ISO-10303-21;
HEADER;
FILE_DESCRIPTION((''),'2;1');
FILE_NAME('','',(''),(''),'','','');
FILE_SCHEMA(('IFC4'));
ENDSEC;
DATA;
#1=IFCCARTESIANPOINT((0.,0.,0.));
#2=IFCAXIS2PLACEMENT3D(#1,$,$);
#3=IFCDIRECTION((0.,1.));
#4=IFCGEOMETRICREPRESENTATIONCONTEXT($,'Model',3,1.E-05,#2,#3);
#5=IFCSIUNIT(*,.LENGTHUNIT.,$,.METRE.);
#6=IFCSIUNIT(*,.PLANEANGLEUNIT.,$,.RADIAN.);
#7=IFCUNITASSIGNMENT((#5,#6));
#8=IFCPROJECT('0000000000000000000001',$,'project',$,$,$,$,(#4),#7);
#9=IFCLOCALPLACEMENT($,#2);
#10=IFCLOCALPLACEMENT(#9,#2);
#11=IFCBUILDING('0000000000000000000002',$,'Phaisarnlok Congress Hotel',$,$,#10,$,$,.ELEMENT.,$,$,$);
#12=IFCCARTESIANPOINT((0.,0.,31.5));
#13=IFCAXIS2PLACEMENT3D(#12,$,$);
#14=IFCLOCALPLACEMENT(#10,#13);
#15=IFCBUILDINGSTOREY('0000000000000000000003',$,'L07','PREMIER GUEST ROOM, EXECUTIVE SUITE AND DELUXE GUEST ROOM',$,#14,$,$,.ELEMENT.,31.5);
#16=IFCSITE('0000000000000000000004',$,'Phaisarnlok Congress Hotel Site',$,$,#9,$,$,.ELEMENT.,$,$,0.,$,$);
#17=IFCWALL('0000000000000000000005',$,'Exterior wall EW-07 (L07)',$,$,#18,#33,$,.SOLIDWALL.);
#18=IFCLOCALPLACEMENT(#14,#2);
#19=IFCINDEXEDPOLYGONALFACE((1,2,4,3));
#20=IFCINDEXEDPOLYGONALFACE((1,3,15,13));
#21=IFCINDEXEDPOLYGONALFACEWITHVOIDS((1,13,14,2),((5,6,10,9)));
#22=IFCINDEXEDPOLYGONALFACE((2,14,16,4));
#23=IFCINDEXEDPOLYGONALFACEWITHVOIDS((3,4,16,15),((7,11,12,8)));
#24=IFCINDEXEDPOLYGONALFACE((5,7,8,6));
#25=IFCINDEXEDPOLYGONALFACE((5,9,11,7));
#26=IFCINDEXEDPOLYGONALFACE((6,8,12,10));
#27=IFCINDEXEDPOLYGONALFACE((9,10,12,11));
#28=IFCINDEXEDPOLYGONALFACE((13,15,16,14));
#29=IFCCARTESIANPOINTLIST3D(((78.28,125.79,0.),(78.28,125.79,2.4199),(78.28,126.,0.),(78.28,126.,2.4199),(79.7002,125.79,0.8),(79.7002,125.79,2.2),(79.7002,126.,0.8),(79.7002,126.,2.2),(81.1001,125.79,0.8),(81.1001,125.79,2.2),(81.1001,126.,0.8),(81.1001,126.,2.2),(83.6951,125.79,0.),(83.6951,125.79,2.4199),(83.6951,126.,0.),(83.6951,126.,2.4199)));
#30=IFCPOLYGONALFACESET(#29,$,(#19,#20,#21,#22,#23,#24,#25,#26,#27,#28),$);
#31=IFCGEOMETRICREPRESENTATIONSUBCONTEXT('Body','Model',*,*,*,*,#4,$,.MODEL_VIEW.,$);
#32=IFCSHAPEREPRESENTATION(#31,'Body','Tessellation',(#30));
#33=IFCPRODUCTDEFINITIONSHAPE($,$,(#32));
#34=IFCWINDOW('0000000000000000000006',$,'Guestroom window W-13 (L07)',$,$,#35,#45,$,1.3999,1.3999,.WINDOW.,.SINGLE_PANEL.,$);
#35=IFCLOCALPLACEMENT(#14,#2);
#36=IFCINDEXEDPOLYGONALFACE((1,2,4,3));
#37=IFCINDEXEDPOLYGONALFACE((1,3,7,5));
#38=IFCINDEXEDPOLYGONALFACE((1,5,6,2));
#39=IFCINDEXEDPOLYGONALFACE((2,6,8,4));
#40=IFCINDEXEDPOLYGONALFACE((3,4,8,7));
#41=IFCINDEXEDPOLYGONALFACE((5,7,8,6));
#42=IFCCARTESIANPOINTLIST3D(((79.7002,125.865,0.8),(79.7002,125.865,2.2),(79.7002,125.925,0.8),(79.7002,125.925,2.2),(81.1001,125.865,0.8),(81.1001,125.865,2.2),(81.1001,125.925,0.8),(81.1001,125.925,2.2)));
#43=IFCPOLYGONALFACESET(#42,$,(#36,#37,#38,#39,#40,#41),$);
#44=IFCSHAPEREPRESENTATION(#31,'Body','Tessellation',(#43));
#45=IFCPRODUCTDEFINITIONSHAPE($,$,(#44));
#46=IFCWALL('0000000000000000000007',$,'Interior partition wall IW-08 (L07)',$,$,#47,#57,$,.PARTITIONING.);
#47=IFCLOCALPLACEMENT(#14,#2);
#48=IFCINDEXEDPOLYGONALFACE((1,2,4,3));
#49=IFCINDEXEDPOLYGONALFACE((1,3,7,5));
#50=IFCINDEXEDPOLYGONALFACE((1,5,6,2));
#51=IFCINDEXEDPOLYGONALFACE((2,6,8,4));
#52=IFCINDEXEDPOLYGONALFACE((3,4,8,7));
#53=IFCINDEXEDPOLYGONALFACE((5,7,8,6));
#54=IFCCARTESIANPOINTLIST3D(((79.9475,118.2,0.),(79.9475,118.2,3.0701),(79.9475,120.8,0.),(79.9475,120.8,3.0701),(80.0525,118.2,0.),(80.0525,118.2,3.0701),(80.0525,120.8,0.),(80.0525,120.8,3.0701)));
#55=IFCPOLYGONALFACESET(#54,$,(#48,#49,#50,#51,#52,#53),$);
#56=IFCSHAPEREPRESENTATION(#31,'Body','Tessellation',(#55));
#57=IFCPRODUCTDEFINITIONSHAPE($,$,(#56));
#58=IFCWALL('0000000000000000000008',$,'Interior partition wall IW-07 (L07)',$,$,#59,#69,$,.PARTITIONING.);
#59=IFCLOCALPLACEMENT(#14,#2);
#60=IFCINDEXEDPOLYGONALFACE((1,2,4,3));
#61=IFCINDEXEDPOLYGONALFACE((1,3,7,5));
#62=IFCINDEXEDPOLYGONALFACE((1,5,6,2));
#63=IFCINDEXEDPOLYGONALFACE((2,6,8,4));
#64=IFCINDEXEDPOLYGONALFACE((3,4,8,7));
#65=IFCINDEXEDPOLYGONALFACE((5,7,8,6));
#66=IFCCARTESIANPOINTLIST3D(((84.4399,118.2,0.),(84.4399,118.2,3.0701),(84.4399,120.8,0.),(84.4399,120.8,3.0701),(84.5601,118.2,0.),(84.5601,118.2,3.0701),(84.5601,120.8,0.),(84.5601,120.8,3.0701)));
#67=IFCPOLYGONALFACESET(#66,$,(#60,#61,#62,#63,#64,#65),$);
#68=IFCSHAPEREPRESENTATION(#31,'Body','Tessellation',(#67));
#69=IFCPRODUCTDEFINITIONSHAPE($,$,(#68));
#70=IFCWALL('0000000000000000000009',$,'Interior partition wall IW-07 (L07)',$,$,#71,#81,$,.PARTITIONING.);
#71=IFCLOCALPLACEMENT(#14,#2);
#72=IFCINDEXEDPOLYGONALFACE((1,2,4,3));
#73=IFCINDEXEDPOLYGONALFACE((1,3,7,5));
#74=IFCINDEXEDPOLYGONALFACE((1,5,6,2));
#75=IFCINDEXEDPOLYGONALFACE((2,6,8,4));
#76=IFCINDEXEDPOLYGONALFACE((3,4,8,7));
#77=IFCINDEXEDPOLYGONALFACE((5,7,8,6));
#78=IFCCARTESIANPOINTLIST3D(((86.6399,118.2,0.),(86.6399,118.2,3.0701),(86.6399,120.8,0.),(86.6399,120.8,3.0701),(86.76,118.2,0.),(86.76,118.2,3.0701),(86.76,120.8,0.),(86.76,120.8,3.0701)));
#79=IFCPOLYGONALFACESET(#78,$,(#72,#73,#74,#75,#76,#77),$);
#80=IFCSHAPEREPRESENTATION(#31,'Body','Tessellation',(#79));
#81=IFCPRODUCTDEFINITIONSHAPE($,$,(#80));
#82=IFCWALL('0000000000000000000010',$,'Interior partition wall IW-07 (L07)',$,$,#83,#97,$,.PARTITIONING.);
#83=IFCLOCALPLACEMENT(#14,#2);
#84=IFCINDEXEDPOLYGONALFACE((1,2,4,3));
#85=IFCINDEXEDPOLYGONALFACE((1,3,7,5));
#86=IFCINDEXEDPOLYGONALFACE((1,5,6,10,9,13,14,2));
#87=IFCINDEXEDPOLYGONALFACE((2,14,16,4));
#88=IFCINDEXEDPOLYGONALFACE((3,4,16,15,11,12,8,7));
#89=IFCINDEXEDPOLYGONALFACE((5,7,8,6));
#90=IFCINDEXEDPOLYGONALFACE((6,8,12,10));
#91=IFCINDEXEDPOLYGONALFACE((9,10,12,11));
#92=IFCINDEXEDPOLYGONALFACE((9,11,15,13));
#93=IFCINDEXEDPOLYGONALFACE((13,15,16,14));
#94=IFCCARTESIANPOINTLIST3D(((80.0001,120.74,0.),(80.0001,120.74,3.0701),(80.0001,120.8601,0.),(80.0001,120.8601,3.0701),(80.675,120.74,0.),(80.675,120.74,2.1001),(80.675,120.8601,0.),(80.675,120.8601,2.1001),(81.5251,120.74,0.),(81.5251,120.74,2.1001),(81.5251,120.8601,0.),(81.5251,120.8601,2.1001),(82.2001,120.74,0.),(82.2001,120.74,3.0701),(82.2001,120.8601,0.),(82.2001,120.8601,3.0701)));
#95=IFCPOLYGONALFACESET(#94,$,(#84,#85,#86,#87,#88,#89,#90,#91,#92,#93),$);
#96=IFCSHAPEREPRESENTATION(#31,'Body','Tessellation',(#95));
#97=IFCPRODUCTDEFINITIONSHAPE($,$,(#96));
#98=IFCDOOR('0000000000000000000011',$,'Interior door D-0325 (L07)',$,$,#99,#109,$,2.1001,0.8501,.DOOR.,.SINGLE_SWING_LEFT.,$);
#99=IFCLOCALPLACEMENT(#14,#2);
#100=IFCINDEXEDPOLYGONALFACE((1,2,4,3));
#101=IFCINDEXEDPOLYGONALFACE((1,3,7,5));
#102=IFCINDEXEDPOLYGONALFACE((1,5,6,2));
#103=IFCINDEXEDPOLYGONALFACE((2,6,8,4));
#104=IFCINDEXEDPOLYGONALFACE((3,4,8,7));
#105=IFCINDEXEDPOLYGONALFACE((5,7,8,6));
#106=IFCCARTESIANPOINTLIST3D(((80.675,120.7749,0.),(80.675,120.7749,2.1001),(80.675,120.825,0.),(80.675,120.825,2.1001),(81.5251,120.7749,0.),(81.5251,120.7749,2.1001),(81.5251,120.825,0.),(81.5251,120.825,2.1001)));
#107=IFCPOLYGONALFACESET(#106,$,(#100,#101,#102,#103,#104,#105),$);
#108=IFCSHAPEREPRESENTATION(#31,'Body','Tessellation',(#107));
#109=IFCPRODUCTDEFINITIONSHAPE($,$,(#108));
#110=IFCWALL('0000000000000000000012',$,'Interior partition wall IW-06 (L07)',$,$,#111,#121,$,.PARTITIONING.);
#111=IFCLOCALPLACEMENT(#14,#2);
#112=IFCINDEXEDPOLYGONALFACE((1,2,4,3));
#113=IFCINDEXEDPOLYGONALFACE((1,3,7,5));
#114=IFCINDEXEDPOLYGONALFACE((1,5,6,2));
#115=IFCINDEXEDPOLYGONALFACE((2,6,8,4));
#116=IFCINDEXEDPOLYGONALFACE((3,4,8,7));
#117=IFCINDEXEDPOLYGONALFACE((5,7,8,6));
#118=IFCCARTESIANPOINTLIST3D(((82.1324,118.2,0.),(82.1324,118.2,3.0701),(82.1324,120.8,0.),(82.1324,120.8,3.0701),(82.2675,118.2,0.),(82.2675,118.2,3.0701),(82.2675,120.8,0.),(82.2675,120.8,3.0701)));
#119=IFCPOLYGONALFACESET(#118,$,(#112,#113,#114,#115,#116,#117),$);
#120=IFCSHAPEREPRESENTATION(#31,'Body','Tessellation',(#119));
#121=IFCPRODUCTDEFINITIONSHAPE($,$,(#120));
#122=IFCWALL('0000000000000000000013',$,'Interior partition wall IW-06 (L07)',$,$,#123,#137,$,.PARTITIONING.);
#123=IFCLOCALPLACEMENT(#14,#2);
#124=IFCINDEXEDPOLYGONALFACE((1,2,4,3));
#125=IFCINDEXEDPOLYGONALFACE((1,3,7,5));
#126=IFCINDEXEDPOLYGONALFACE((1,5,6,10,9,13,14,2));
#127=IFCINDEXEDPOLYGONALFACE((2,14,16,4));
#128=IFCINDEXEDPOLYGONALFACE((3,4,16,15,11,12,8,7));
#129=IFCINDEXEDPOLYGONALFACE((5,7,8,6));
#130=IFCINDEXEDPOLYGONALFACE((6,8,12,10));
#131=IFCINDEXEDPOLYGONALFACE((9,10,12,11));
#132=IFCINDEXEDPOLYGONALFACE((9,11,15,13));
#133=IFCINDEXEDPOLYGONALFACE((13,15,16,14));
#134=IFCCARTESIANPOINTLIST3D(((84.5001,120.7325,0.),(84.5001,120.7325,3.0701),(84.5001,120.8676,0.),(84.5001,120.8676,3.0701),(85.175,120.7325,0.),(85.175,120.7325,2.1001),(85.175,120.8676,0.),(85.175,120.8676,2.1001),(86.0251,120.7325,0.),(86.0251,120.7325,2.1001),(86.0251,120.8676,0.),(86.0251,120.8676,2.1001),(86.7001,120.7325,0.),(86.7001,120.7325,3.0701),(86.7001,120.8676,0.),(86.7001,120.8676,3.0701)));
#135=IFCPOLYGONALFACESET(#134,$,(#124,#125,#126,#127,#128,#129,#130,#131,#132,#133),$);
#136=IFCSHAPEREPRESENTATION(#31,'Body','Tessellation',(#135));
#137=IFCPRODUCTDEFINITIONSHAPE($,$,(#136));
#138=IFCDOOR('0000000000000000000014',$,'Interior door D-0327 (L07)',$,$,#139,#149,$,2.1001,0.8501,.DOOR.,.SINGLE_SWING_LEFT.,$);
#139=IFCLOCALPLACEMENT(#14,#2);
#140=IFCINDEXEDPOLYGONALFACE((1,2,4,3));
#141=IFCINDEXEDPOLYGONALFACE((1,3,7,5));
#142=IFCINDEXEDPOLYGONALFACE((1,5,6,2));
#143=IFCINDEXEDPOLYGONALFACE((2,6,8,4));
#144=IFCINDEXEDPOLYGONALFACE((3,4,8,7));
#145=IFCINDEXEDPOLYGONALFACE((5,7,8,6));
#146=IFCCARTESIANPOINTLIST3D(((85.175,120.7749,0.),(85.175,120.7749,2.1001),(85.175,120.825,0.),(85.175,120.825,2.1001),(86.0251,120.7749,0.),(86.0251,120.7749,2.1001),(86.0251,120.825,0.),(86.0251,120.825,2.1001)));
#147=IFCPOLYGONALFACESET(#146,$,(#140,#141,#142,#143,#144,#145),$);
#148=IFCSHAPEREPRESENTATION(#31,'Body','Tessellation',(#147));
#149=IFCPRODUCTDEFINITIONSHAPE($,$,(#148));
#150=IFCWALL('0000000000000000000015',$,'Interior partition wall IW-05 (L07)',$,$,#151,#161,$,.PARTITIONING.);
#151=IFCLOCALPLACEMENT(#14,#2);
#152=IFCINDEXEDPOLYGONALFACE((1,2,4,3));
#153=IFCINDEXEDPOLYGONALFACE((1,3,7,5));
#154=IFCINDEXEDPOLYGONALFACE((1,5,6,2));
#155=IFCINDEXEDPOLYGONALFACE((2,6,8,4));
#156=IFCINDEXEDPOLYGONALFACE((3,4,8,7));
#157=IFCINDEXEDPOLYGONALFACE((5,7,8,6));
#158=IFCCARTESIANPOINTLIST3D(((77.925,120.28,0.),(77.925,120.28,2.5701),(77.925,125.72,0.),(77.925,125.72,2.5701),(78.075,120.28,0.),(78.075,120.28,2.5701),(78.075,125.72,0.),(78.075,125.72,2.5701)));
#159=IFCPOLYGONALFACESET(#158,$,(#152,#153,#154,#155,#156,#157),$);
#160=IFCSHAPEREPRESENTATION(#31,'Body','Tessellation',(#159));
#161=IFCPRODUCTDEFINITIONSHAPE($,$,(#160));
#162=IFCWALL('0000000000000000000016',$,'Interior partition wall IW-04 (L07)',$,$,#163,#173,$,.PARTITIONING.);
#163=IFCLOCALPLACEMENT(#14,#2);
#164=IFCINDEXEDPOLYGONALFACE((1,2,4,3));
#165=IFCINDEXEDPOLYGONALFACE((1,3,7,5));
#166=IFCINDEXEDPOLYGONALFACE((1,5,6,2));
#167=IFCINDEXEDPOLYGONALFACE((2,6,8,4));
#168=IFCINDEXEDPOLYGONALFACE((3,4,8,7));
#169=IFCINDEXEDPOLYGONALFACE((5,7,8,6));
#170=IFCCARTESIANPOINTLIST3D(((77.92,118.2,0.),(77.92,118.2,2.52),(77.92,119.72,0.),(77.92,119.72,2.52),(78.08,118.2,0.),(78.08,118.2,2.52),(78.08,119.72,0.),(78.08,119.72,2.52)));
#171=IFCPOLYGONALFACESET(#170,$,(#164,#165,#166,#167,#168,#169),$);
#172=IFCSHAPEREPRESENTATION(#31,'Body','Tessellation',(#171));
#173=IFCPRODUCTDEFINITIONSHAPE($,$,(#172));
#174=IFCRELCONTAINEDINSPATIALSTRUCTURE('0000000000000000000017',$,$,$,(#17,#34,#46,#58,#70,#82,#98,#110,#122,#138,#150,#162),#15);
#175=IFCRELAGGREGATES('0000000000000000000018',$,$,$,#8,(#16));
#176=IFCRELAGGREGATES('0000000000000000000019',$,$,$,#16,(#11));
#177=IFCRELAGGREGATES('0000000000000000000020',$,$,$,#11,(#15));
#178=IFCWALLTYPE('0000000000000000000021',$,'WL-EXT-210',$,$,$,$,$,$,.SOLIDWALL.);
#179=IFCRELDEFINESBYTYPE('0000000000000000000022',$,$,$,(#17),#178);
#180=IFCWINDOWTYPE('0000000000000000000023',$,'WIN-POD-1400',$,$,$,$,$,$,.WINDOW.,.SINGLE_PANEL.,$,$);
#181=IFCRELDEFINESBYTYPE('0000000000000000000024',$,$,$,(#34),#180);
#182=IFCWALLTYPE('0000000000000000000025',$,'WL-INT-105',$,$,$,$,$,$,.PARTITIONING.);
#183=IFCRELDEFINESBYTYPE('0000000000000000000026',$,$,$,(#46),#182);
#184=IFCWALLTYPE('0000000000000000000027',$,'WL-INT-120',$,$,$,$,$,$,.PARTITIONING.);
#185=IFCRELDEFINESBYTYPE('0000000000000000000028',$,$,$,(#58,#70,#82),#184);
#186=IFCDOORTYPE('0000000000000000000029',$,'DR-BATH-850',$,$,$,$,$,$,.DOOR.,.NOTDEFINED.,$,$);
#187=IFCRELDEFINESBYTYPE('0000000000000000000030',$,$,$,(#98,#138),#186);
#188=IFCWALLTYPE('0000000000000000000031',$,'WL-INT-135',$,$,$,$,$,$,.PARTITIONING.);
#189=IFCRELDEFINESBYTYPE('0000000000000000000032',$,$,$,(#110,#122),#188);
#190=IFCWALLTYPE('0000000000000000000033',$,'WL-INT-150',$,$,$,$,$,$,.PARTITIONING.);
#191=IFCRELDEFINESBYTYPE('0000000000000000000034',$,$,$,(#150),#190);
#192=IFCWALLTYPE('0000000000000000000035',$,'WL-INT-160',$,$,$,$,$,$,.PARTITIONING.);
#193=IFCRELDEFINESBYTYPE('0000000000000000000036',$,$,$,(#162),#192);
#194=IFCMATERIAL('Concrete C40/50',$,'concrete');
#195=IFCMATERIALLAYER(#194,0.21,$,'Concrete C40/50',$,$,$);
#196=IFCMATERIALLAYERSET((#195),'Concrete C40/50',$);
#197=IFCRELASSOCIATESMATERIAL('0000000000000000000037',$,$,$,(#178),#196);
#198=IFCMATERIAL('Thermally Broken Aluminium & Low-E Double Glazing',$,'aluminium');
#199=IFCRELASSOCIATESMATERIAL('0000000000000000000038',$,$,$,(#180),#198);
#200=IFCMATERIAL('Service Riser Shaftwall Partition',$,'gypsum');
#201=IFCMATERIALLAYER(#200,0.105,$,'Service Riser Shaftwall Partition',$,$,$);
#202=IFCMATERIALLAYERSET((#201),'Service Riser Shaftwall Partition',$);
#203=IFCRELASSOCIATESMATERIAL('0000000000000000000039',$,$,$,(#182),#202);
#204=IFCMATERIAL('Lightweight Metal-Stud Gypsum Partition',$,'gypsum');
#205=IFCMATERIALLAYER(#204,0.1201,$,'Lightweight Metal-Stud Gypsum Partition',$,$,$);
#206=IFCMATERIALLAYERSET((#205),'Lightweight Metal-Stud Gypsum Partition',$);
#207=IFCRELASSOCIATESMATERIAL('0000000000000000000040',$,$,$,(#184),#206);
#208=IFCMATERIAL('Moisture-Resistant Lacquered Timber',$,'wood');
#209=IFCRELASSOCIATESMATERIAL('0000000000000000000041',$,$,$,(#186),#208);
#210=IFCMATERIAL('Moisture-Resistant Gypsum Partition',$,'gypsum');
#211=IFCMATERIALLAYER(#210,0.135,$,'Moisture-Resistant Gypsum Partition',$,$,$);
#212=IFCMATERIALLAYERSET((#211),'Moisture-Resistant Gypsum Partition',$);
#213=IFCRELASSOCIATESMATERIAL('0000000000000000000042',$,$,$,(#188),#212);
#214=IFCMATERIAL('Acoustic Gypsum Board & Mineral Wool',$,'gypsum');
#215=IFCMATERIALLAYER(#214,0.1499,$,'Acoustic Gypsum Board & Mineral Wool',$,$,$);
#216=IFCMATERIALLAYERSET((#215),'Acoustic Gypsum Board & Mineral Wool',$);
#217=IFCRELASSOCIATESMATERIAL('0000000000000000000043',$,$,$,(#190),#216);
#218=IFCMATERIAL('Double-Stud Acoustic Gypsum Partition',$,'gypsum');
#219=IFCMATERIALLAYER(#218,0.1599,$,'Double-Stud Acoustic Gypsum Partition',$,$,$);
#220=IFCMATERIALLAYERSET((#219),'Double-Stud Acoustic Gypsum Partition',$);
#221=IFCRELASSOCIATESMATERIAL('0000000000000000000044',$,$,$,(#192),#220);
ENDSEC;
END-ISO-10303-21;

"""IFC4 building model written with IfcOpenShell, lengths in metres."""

from ifc_helpers import new_model, si_unit, direction, frame, frame_2d, origin, place, context, subcontext, project, spatial, rectangle, extrude, material, layer, layer_set, type_object, element, fill, save


model = new_model("IFC4")

# Units and contexts
model_context = context("Model", 3, precision=1e-05, world=origin(), true_north=direction((0.0, 1.0)))
body_context = subcontext(model_context, "Body", "Model", "MODEL_VIEW")
ifc_project = project(units=[si_unit("LENGTHUNIT", "METRE"), si_unit("PLANEANGLEUNIT", "RADIAN")], contexts=[model_context])

# Site, building, storey
site_placement = place(None, origin())
site = spatial("IfcSite", under=ifc_project, at=site_placement, Name="Phaisarnlok Congress Hotel Site", CompositionType="ELEMENT", RefElevation=0.0)
building_placement = place(site_placement, origin())
building = spatial("IfcBuilding", under=site, at=building_placement, Name="Phaisarnlok Congress Hotel", CompositionType="ELEMENT")
storey_placement = place(building_placement, frame((0.0, 0.0, 31.5)))
storey = spatial("IfcBuildingStorey", under=building, at=storey_placement, Name="L07", Description="PREMIER GUEST ROOM, EXECUTIVE SUITE AND DELUXE GUEST ROOM", CompositionType="ELEMENT", Elevation=31.5)

# Shared definitions
ifc_material_1 = material(Name="Concrete C40/50", Category="concrete")

# Wall, opening, window
ifc_layer_1 = layer(ifc_material_1, 0.21, Name="Concrete C40/50")
ifc_layer_set_1 = layer_set([ifc_layer_1], Name="Concrete C40/50")
wall_type_1 = type_object("IfcWallType", Name="WL-EXT-210", PredefinedType="SOLIDWALL", material=ifc_layer_set_1)
wall_1_placement = place(storey_placement, frame((83.6951, 125.895, 0.0), z_axis=(0.0, 0.0, 1.0), x_axis=(-1.0, 0.0, 0.0)))
wall_1 = element("IfcWall", 1, at=wall_1_placement, inside=storey, type_object=wall_type_1, Name="Exterior wall EW-07 (L07)", PredefinedType="SOLIDWALL", context=body_context, shape_type="SweptSolid", body=[
    extrude(rectangle(XDim=5.415, YDim=0.21, at=frame_2d((2.7075, 0.0))), origin(), (0.0, 0.0, 1.0), 2.4199),
])
opening_1_placement = place(wall_1_placement, frame((2.595, 0.0, 0.8)))
opening_1 = element("IfcOpeningElement", 2, at=opening_1_placement, cuts=wall_1, PredefinedType="OPENING", context=body_context, shape_type="SweptSolid", body=[
    extrude(rectangle(XDim=1.3999, YDim=1.3999, at=frame_2d((0.7, 0.7))), frame((0.0, 0.115, 0.0), z_axis=(0.0, -1.0, 0.0), x_axis=(1.0, 0.0, 0.0)), (0.0, 0.0, 1.0), 0.23),
])
ifc_material_2 = material(Name="Thermally Broken Aluminium & Low-E Double Glazing", Category="aluminium")
window_type = type_object("IfcWindowType", Name="WIN-POD-1400", PartitioningType="SINGLE_PANEL", PredefinedType="WINDOW", material=ifc_material_2)
window_placement = place(opening_1_placement, origin())
window = element("IfcWindow", 3, at=window_placement, inside=storey, type_object=window_type, Name="Guestroom window W-13 (L07)", OverallHeight=1.3999, OverallWidth=1.3999, PartitioningType="SINGLE_PANEL", PredefinedType="WINDOW", context=body_context, shape_type="SweptSolid", body=[
    extrude(rectangle(XDim=1.3999, YDim=1.3999, at=frame_2d((0.7, 0.7))), frame((0.0, 0.03, 0.0), z_axis=(0.0, -1.0, 0.0), x_axis=(1.0, 0.0, 0.0)), (0.0, 0.0, 1.0), 0.0601),
])
fill(opening_1, window)

# Walls
ifc_material_3 = material(Name="Service Riser Shaftwall Partition", Category="gypsum")
ifc_layer_2 = layer(ifc_material_3, 0.105, Name="Service Riser Shaftwall Partition")
ifc_layer_set_2 = layer_set([ifc_layer_2], Name="Service Riser Shaftwall Partition")
wall_type_2 = type_object("IfcWallType", Name="WL-INT-105", PredefinedType="PARTITIONING", material=ifc_layer_set_2)
wall_2_placement = place(storey_placement, frame((80.0, 118.2, 0.0), z_axis=(0.0, 0.0, 1.0), x_axis=(0.0, 1.0, 0.0)))
element("IfcWall", 4, at=wall_2_placement, inside=storey, type_object=wall_type_2, Name="Interior partition wall IW-08 (L07)", PredefinedType="PARTITIONING", context=body_context, shape_type="SweptSolid", body=[
    extrude(rectangle(XDim=2.6001, YDim=0.105, at=frame_2d((1.3, 0.0))), origin(), (0.0, 0.0, 1.0), 3.0701),
])
ifc_material_4 = material(Name="Lightweight Metal-Stud Gypsum Partition", Category="gypsum")
ifc_layer_3 = layer(ifc_material_4, 0.1201, Name="Lightweight Metal-Stud Gypsum Partition")
ifc_layer_set_3 = layer_set([ifc_layer_3], Name="Lightweight Metal-Stud Gypsum Partition")
wall_type_3 = type_object("IfcWallType", Name="WL-INT-120", PredefinedType="PARTITIONING", material=ifc_layer_set_3)
for number, where, z_axis, x_axis, name in (
    (5, (84.5, 118.2, 0.0), (0.0, 0.0, 1.0), (0.0, 1.0, 0.0), "Interior partition wall IW-07 (L07)"),
    (6, (86.7, 118.2, 0.0), (0.0, 0.0, 1.0), (0.0, 1.0, 0.0), "Interior partition wall IW-07 (L07)"),
):
    element("IfcWall", number, at=place(storey_placement, frame(where, z_axis=z_axis, x_axis=x_axis)), inside=storey, type_object=wall_type_3, Name=name, PredefinedType="PARTITIONING", context=body_context, shape_type="SweptSolid", body=[
        extrude(rectangle(XDim=2.6001, YDim=0.1201, at=frame_2d((1.3, 0.0))), origin(), (0.0, 0.0, 1.0), 3.0701),
    ])

# Wall, opening, door
wall_3_placement = place(storey_placement, frame((80.0, 120.8, 0.0), z_axis=(0.0, 0.0, 1.0), x_axis=(1.0, 0.0, 0.0)))
wall_3 = element("IfcWall", 7, at=wall_3_placement, inside=storey, type_object=wall_type_3, Name="Interior partition wall IW-07 (L07)", PredefinedType="PARTITIONING", context=body_context, shape_type="SweptSolid", body=[
    extrude(rectangle(XDim=2.2, YDim=0.1201, at=frame_2d((1.1001, 0.0))), origin(), (0.0, 0.0, 1.0), 3.0701),
])
opening_2_placement = place(wall_3_placement, frame((0.675, 0.0, 0.0)))
opening_2 = element("IfcOpeningElement", 8, at=opening_2_placement, cuts=wall_3, PredefinedType="OPENING", context=body_context, shape_type="SweptSolid", body=[
    extrude(rectangle(XDim=0.8501, YDim=2.1001, at=frame_2d((0.425, 1.05))), frame((0.0, 0.0701, 0.0), z_axis=(0.0, -1.0, 0.0), x_axis=(1.0, 0.0, 0.0)), (0.0, 0.0, 1.0), 0.1401),
])
ifc_material_5 = material(Name="Moisture-Resistant Lacquered Timber", Category="wood")
door_type = type_object("IfcDoorType", Name="DR-BATH-850", OperationType="NOTDEFINED", PredefinedType="DOOR", material=ifc_material_5)
door_1_placement = place(opening_2_placement, origin())
door_1 = element("IfcDoor", 9, at=door_1_placement, inside=storey, type_object=door_type, Name="Interior door D-0325 (L07)", OperationType="SINGLE_SWING_LEFT", OverallHeight=2.1001, OverallWidth=0.8501, PredefinedType="DOOR", context=body_context, shape_type="SweptSolid", body=[
    extrude(rectangle(XDim=0.8501, YDim=2.1001, at=frame_2d((0.425, 1.05))), frame((0.0, 0.0249, 0.0), z_axis=(0.0, -1.0, 0.0), x_axis=(1.0, 0.0, 0.0)), (0.0, 0.0, 1.0), 0.05),
])
fill(opening_2, door_1)

# Wall
ifc_material_6 = material(Name="Moisture-Resistant Gypsum Partition", Category="gypsum")
ifc_layer_4 = layer(ifc_material_6, 0.135, Name="Moisture-Resistant Gypsum Partition")
ifc_layer_set_4 = layer_set([ifc_layer_4], Name="Moisture-Resistant Gypsum Partition")
wall_type_4 = type_object("IfcWallType", Name="WL-INT-135", PredefinedType="PARTITIONING", material=ifc_layer_set_4)
wall_4_placement = place(storey_placement, frame((82.2, 118.2, 0.0), z_axis=(0.0, 0.0, 1.0), x_axis=(0.0, 1.0, 0.0)))
element("IfcWall", 10, at=wall_4_placement, inside=storey, type_object=wall_type_4, Name="Interior partition wall IW-06 (L07)", PredefinedType="PARTITIONING", context=body_context, shape_type="SweptSolid", body=[
    extrude(rectangle(XDim=2.6001, YDim=0.135, at=frame_2d((1.3, 0.0))), origin(), (0.0, 0.0, 1.0), 3.0701),
])

# Wall, opening, door
wall_5_placement = place(storey_placement, frame((84.5, 120.8, 0.0), z_axis=(0.0, 0.0, 1.0), x_axis=(1.0, 0.0, 0.0)))
wall_5 = element("IfcWall", 11, at=wall_5_placement, inside=storey, type_object=wall_type_4, Name="Interior partition wall IW-06 (L07)", PredefinedType="PARTITIONING", context=body_context, shape_type="SweptSolid", body=[
    extrude(rectangle(XDim=2.2, YDim=0.135, at=frame_2d((1.1001, 0.0))), origin(), (0.0, 0.0, 1.0), 3.0701),
])
opening_3_placement = place(wall_5_placement, frame((0.675, 0.0, 0.0)))
opening_3 = element("IfcOpeningElement", 12, at=opening_3_placement, cuts=wall_5, PredefinedType="OPENING", context=body_context, shape_type="SweptSolid", body=[
    extrude(rectangle(XDim=0.8501, YDim=2.1001, at=frame_2d((0.425, 1.05))), frame((0.0, 0.0776, 0.0), z_axis=(0.0, -1.0, 0.0), x_axis=(1.0, 0.0, 0.0)), (0.0, 0.0, 1.0), 0.155),
])
door_2_placement = place(opening_3_placement, origin())
door_2 = element("IfcDoor", 13, at=door_2_placement, inside=storey, type_object=door_type, Name="Interior door D-0327 (L07)", OperationType="SINGLE_SWING_LEFT", OverallHeight=2.1001, OverallWidth=0.8501, PredefinedType="DOOR", context=body_context, shape_type="SweptSolid", body=[
    extrude(rectangle(XDim=0.8501, YDim=2.1001, at=frame_2d((0.425, 1.05))), frame((0.0, 0.0249, 0.0), z_axis=(0.0, -1.0, 0.0), x_axis=(1.0, 0.0, 0.0)), (0.0, 0.0, 1.0), 0.05),
])
fill(opening_3, door_2)

# Walls
ifc_material_7 = material(Name="Acoustic Gypsum Board & Mineral Wool", Category="gypsum")
ifc_layer_5 = layer(ifc_material_7, 0.1499, Name="Acoustic Gypsum Board & Mineral Wool")
ifc_layer_set_5 = layer_set([ifc_layer_5], Name="Acoustic Gypsum Board & Mineral Wool")
wall_type_5 = type_object("IfcWallType", Name="WL-INT-150", PredefinedType="PARTITIONING", material=ifc_layer_set_5)
wall_6_placement = place(storey_placement, frame((78.0, 120.28, 0.0), z_axis=(0.0, 0.0, 1.0), x_axis=(0.0, 1.0, 0.0)))
element("IfcWall", 14, at=wall_6_placement, inside=storey, type_object=wall_type_5, Name="Interior partition wall IW-05 (L07)", PredefinedType="PARTITIONING", context=body_context, shape_type="SweptSolid", body=[
    extrude(rectangle(XDim=5.4399, YDim=0.1499, at=frame_2d((2.72, 0.0))), origin(), (0.0, 0.0, 1.0), 2.5701),
])
ifc_material_8 = material(Name="Double-Stud Acoustic Gypsum Partition", Category="gypsum")
ifc_layer_6 = layer(ifc_material_8, 0.1599, Name="Double-Stud Acoustic Gypsum Partition")
ifc_layer_set_6 = layer_set([ifc_layer_6], Name="Double-Stud Acoustic Gypsum Partition")
wall_type_6 = type_object("IfcWallType", Name="WL-INT-160", PredefinedType="PARTITIONING", material=ifc_layer_set_6)
wall_7_placement = place(storey_placement, frame((78.0, 118.2, 0.0), z_axis=(0.0, 0.0, 1.0), x_axis=(0.0, 1.0, 0.0)))
element("IfcWall", 15, at=wall_7_placement, inside=storey, type_object=wall_type_6, Name="Interior partition wall IW-04 (L07)", PredefinedType="PARTITIONING", context=body_context, shape_type="SweptSolid", body=[
    extrude(rectangle(XDim=1.52, YDim=0.1599, at=frame_2d((0.76, 0.0))), origin(), (0.0, 0.0, 1.0), 2.52),
])

save(model, "model.ifc")
